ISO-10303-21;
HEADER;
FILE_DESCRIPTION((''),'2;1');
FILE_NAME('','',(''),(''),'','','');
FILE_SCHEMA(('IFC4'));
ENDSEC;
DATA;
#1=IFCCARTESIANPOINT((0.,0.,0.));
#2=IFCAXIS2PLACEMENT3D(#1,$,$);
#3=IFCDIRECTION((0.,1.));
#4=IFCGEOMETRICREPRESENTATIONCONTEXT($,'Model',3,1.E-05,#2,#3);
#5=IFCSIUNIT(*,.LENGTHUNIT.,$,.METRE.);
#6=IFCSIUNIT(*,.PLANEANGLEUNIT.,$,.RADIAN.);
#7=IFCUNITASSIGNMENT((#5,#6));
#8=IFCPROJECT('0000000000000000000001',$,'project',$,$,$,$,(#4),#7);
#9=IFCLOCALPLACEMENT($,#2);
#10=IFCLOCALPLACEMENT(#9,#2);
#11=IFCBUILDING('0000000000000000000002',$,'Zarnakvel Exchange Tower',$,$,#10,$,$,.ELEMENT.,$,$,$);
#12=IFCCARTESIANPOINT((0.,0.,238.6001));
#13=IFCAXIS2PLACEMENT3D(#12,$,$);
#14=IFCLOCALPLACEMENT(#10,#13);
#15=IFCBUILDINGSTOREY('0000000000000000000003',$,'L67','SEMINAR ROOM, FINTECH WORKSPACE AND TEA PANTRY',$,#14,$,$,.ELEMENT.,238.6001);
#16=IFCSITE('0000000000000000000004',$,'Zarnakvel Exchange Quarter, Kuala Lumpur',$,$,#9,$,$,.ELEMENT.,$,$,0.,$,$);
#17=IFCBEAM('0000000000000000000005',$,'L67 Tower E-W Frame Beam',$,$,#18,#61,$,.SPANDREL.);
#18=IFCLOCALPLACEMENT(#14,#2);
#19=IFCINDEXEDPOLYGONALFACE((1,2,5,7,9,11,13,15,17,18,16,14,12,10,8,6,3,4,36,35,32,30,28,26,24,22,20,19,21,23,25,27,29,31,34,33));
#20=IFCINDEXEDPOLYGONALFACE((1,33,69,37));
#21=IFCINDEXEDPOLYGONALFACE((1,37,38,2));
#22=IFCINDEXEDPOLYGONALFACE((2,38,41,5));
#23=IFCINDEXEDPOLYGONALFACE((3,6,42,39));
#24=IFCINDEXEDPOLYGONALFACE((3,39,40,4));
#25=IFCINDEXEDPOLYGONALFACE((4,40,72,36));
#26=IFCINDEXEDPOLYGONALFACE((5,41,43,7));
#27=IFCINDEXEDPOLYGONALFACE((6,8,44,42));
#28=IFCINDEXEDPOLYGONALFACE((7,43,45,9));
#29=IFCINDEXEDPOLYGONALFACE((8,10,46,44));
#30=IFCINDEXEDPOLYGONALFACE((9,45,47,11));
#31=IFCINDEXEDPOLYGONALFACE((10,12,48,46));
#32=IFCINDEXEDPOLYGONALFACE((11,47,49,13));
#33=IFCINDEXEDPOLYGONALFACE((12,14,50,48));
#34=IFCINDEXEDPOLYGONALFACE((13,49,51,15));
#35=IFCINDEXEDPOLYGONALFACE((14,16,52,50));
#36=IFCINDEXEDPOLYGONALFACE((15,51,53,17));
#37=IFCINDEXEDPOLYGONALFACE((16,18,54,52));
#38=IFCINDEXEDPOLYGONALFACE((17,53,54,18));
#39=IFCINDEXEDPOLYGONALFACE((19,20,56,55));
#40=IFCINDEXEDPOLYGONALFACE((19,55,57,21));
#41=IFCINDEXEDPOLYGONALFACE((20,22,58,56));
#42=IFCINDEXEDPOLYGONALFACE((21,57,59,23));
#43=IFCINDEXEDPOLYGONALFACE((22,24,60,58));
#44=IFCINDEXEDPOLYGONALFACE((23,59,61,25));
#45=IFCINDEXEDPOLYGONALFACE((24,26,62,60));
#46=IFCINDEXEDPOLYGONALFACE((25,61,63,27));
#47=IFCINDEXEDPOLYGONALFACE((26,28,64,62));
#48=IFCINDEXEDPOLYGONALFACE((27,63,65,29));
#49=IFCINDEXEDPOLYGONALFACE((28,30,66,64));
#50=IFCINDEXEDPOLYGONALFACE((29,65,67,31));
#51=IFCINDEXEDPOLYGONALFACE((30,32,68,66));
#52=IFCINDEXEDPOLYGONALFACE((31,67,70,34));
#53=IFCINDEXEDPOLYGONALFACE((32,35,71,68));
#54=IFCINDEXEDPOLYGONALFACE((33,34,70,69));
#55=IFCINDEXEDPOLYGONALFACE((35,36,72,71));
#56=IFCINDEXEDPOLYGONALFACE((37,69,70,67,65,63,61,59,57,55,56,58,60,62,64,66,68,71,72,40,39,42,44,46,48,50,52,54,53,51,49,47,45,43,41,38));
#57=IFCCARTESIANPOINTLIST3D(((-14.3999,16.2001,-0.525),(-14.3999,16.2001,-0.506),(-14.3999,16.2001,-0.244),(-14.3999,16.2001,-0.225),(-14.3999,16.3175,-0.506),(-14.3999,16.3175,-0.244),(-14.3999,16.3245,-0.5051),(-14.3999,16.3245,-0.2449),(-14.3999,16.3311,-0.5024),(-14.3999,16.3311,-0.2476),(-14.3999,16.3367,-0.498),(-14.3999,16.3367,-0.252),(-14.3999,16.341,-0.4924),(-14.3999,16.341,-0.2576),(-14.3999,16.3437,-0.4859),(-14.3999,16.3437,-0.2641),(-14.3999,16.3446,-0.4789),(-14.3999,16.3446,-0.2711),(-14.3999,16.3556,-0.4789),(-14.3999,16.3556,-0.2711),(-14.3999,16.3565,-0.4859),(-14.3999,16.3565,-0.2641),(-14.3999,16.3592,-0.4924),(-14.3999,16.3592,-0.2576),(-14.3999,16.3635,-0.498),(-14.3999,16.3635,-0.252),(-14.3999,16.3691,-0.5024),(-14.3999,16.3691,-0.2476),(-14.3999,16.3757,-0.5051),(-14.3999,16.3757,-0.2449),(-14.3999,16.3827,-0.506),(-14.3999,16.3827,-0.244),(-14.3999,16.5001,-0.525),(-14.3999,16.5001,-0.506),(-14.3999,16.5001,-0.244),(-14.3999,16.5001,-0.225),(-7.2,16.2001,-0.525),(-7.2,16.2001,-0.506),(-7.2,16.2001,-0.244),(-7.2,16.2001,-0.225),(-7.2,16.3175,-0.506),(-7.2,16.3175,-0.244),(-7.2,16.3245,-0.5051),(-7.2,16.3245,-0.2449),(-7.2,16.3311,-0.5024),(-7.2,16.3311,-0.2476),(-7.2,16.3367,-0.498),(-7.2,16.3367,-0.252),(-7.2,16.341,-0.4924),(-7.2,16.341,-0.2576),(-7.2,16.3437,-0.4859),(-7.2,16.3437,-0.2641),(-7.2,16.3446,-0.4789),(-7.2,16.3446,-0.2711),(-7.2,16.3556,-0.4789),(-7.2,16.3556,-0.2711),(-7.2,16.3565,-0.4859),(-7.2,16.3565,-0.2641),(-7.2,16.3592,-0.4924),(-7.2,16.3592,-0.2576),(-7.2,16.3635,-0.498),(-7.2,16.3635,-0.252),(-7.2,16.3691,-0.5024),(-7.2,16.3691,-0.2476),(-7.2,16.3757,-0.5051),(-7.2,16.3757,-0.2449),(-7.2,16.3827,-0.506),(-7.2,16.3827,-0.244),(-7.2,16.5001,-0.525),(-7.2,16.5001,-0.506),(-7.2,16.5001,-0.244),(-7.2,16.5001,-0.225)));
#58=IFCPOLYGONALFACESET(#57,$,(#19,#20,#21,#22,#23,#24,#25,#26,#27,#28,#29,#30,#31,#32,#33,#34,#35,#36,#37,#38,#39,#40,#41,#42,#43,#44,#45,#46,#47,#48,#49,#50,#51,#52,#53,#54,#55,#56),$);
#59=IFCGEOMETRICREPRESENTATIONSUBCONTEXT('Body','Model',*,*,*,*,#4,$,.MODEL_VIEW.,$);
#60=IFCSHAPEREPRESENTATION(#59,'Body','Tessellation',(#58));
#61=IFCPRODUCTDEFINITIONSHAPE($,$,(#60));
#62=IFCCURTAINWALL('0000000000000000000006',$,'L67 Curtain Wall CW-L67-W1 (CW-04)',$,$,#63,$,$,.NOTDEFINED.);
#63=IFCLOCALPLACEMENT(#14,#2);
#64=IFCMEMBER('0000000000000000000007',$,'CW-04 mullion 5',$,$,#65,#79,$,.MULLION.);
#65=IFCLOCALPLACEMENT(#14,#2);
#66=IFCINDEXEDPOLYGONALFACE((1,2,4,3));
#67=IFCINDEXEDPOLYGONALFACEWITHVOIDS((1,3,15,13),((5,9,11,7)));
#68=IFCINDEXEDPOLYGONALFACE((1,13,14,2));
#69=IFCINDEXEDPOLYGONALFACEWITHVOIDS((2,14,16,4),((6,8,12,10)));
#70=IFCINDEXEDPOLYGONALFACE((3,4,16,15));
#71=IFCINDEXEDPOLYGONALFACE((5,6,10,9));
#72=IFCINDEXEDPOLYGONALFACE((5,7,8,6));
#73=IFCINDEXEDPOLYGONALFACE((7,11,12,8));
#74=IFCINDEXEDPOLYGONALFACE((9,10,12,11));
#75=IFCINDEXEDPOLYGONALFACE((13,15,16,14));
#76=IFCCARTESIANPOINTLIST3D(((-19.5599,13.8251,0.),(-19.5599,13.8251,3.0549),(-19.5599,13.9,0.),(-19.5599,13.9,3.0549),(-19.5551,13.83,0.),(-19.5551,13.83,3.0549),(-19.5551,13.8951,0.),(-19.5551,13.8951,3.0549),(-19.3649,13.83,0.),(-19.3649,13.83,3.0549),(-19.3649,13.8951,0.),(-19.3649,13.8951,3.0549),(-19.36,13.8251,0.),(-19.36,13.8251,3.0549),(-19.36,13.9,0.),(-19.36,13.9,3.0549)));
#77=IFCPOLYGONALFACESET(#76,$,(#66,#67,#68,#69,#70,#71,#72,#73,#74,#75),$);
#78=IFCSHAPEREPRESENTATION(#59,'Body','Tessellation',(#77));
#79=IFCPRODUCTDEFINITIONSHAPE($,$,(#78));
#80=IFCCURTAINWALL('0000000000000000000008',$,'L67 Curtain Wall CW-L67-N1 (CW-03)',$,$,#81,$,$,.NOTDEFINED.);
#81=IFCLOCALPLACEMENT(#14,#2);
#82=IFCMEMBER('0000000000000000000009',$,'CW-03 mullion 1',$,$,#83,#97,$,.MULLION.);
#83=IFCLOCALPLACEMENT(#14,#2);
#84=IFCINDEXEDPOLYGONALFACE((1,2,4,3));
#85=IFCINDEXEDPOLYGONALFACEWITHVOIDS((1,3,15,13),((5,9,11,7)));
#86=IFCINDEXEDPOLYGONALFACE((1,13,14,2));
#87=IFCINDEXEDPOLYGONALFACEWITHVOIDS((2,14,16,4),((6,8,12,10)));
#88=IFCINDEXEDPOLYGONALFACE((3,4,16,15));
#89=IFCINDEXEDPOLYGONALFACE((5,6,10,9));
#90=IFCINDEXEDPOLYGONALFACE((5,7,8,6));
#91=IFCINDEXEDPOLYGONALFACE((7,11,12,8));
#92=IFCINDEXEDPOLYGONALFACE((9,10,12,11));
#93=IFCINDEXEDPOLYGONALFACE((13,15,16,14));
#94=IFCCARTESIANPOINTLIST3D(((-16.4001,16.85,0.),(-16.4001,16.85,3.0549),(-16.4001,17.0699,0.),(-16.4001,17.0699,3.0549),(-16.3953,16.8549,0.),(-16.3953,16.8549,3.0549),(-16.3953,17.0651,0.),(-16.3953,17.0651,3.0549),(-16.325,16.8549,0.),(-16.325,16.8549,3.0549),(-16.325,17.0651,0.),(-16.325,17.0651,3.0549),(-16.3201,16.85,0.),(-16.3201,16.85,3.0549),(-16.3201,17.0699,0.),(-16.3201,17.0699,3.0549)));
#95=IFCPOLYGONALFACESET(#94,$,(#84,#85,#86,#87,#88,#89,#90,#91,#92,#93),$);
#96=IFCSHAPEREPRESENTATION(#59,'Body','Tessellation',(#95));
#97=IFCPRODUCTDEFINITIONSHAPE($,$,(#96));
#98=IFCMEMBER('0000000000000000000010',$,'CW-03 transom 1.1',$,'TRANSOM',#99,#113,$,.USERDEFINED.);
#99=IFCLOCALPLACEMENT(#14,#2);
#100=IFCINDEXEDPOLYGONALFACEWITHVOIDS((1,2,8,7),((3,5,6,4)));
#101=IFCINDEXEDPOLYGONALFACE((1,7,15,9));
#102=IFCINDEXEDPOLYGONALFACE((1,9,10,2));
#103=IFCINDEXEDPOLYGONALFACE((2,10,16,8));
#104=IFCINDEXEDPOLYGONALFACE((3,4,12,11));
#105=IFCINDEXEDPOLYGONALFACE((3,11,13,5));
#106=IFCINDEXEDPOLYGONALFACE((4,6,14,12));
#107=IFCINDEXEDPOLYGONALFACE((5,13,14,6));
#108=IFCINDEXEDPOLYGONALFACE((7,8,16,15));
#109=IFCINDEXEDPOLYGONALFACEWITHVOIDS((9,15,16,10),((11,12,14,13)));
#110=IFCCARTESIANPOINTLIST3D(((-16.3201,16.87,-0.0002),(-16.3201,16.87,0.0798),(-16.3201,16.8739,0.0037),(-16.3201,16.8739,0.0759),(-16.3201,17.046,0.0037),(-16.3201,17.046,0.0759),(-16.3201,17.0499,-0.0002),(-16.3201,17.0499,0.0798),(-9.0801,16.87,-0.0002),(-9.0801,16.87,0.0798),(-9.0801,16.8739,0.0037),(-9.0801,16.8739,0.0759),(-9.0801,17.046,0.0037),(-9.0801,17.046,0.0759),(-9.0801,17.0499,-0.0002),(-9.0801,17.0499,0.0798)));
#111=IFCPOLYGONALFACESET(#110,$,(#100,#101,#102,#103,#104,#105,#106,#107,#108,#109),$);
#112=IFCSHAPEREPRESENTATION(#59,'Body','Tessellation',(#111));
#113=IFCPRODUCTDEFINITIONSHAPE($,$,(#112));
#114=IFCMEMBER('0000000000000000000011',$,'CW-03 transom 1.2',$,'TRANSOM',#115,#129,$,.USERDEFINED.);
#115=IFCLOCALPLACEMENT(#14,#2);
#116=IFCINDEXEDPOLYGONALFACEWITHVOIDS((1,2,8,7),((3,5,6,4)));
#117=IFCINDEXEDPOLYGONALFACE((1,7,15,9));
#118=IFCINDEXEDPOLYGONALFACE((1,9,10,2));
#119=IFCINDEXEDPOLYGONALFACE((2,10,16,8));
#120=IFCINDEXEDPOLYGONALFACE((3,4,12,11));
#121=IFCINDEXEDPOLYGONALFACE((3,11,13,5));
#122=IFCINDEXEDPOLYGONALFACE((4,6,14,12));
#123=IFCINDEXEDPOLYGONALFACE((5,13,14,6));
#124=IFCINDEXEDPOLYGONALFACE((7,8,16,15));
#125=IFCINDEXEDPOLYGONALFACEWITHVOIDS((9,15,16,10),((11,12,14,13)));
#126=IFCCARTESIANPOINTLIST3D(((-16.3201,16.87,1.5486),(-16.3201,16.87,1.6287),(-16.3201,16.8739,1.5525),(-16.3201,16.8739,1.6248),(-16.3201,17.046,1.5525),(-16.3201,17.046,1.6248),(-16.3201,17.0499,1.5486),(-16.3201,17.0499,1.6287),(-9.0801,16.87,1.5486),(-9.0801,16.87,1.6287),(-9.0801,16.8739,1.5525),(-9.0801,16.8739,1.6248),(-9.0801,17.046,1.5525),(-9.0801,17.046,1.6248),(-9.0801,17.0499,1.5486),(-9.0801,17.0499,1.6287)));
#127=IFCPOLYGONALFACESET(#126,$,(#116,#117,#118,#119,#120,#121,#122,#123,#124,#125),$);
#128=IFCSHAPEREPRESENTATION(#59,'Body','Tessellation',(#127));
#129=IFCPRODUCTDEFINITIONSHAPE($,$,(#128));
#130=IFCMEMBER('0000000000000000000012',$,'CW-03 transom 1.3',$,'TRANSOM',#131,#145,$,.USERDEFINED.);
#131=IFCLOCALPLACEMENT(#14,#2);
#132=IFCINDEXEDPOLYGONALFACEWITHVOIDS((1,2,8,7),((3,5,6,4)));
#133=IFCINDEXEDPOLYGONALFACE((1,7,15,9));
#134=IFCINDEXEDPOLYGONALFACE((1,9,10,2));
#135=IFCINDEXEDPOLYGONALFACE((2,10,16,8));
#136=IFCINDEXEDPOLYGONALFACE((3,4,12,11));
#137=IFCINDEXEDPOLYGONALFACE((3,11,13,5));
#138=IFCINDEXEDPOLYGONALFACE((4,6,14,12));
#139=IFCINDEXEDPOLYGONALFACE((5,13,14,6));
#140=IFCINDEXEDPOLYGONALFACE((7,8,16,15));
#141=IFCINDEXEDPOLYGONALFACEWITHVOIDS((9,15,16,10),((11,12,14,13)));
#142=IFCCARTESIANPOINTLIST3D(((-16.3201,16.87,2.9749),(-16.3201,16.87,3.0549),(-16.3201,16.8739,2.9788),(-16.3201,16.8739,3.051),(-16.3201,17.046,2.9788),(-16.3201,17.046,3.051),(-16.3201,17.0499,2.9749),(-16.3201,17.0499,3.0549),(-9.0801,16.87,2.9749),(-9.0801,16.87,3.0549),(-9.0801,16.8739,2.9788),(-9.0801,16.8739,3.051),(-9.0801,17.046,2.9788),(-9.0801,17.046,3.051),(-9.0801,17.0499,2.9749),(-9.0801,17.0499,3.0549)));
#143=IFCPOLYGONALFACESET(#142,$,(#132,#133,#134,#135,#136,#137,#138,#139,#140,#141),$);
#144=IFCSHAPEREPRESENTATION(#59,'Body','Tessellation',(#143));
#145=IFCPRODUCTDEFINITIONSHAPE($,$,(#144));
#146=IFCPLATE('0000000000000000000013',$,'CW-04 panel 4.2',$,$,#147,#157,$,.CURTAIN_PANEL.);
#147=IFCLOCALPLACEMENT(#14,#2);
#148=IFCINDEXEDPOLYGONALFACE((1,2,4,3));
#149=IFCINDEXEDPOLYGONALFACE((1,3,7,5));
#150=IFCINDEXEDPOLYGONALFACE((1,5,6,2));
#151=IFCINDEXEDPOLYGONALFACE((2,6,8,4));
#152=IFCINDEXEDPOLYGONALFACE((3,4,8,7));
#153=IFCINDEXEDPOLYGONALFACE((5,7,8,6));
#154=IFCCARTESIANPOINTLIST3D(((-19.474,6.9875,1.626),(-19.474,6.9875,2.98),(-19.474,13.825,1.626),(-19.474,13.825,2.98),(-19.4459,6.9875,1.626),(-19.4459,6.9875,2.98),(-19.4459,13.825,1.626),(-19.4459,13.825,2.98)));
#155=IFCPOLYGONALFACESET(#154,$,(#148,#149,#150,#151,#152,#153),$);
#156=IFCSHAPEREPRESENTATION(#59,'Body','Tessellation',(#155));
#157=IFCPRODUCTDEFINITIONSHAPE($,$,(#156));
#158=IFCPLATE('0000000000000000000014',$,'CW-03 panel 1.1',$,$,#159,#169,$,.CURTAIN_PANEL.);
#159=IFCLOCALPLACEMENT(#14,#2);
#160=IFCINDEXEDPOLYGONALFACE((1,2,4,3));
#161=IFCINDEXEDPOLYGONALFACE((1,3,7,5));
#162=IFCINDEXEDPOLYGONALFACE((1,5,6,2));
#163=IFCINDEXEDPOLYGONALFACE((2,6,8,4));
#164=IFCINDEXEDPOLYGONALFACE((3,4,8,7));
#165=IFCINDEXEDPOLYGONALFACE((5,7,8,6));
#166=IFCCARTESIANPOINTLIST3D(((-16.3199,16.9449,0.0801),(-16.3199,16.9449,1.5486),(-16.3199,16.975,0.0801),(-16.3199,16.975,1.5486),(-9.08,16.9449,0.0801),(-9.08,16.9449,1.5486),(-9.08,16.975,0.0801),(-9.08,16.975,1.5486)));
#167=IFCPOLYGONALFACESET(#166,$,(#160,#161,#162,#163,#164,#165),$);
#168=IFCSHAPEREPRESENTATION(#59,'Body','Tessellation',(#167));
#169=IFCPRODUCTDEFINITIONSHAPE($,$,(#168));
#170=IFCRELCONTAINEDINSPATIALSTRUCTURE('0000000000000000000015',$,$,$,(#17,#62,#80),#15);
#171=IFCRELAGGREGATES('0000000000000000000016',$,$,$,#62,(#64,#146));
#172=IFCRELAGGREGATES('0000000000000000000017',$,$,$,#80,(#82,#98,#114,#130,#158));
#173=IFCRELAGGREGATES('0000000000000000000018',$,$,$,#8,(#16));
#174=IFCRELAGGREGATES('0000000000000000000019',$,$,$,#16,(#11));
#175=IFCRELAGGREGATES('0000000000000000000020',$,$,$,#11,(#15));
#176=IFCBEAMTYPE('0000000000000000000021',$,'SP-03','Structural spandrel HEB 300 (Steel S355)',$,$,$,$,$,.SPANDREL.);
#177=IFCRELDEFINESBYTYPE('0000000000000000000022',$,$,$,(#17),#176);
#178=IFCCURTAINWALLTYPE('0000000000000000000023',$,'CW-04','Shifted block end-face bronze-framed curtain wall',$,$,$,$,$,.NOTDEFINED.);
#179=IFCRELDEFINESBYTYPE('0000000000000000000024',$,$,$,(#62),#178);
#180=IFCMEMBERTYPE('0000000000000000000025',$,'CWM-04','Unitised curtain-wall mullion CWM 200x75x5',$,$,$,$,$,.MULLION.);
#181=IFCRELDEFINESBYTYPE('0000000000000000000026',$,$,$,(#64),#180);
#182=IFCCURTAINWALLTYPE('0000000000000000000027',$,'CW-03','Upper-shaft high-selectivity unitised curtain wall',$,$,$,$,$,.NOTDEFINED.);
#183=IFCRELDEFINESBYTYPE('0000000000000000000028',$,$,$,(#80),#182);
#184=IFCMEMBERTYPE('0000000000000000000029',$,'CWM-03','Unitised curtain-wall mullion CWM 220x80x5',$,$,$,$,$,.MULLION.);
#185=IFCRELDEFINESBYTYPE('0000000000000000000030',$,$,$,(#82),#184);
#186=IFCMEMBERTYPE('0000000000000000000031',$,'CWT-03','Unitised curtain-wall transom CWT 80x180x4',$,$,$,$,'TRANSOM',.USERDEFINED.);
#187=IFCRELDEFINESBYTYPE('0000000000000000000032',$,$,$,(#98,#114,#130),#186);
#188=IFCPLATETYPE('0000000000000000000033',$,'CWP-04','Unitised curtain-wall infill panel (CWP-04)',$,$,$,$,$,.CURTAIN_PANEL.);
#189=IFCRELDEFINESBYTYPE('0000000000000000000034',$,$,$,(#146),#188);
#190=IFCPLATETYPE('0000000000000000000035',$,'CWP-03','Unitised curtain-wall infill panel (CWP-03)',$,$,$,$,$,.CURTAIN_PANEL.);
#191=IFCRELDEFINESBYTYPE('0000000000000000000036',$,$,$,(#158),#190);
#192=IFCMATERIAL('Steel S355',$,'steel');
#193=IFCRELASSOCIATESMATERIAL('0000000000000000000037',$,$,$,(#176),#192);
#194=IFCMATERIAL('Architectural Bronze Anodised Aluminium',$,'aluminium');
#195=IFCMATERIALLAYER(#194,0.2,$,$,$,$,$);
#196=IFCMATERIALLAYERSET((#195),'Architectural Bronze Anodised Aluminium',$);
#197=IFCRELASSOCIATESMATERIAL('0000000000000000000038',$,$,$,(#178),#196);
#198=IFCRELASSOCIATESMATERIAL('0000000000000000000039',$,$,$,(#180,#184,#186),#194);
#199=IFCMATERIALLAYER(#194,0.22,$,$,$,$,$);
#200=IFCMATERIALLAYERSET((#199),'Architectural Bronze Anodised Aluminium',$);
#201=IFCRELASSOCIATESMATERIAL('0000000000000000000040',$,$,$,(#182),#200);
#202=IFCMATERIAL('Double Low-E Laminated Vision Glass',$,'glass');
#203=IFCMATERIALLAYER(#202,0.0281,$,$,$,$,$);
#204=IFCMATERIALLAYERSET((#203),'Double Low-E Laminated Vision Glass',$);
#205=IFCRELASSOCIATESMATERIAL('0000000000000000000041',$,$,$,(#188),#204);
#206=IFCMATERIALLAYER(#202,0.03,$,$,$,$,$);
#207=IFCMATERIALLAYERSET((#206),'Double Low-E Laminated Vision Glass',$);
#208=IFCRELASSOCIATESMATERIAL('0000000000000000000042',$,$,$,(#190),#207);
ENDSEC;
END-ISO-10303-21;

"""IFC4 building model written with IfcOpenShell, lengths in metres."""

from ifc_helpers import new_model, si_unit, direction, frame, origin, origin_2d, place, context, subcontext, project, spatial, rectangle, hollow_rectangle, i_section, extrude, source, transform, mapped, material, layer, layer_set, material_profile, profile_set, type_object, element, aggregate, save


model = new_model("IFC4")

# Units and contexts
model_context = context("Model", 3, precision=1e-05, world=origin(), true_north=direction((0.0, 1.0)))
body_context = subcontext(model_context, "Body", "Model", "MODEL_VIEW")
ifc_project = project(units=[si_unit("LENGTHUNIT", "METRE"), si_unit("PLANEANGLEUNIT", "RADIAN")], contexts=[model_context])

# Site, building, storey
site_placement = place(None, origin())
site = spatial("IfcSite", under=ifc_project, at=site_placement, Name="Zarnakvel Exchange Quarter, Kuala Lumpur", CompositionType="ELEMENT", RefElevation=0.0)
building_placement = place(site_placement, origin())
building = spatial("IfcBuilding", under=site, at=building_placement, Name="Zarnakvel Exchange Tower", CompositionType="ELEMENT")
storey_placement = place(building_placement, frame((0.0, 0.0, 238.6001)))
storey = spatial("IfcBuildingStorey", under=building, at=storey_placement, Name="L67", Description="SEMINAR ROOM, FINTECH WORKSPACE AND TEA PANTRY", CompositionType="ELEMENT", Elevation=238.6001)

# Shared definitions
ifc_material_1 = material(Name="Steel S355", Category="steel")

# Beam
ifc_material_profile_1 = material_profile(ifc_material_1, i_section(OverallWidth=0.3, OverallDepth=0.3, WebThickness=0.011, FlangeThickness=0.019, FilletRadius=0.0271, at=origin_2d()))
ifc_profile_set_1 = profile_set([ifc_material_profile_1], Name="Steel S355")
beam_type_1 = type_object("IfcBeamType", Name="SP-03", Description="Structural spandrel HEB 300 (Steel S355)", PredefinedType="SPANDREL", material=ifc_profile_set_1)
beam_1_placement = place(storey_placement, frame((-14.3999, 16.3501, -0.375), z_axis=(1.0, 0.0, 0.0), x_axis=(0.0, 1.0, 0.0)))
element("IfcBeam", 1, at=beam_1_placement, inside=storey, type_object=beam_type_1, Name="L67 Tower E-W Frame Beam", PredefinedType="SPANDREL", context=body_context, shape_type="SweptSolid", body=[
    extrude(i_section(OverallWidth=0.3, OverallDepth=0.3, WebThickness=0.011, FlangeThickness=0.019, FilletRadius=0.0271, at=origin_2d()), origin(), (0.0, 0.0, 1.0), 7.2),
])

# Curtain wall, member
ifc_material_2 = material(Name="Architectural Bronze Anodised Aluminium", Category="aluminium")
ifc_layer_1 = layer(ifc_material_2, 0.2)
ifc_layer_set_1 = layer_set([ifc_layer_1], Name="Architectural Bronze Anodised Aluminium")
curtain_wall_type_1 = type_object("IfcCurtainWallType", Name="CW-04", Description="Shifted block end-face bronze-framed curtain wall", PredefinedType="NOTDEFINED", material=ifc_layer_set_1)
curtain_wall_1_placement = place(storey_placement, origin())
curtain_wall_1 = element("IfcCurtainWall", 2, at=curtain_wall_1_placement, inside=storey, type_object=curtain_wall_type_1, Name="L67 Curtain Wall CW-L67-W1 (CW-04)", PredefinedType="NOTDEFINED")
ifc_material_profile_2 = material_profile(ifc_material_2, hollow_rectangle(XDim=0.2, YDim=0.075, WallThickness=0.0049, at=origin_2d()))
ifc_profile_set_2 = profile_set([ifc_material_profile_2], Name="Architectural Bronze Anodised Aluminium")
member_type_1 = type_object("IfcMemberType", Name="CWM-04", Description="Unitised curtain-wall mullion CWM 200x75x5", PredefinedType="MULLION", material=ifc_profile_set_2)
shared_shape_1 = source(origin(), body_context, "Body", "SweptSolid", [
    extrude(hollow_rectangle(XDim=0.2, YDim=0.075, WallThickness=0.0049, at=origin_2d()), origin(), (0.0, 0.0, 1.0), 3.0549),
])
member_1_placement = place(storey_placement, frame((-19.46, 13.8625, 0.0), z_axis=(0.0, 0.0, 1.0), x_axis=(-1.0, 0.0, 0.0)))
member_1 = element("IfcMember", 3, at=member_1_placement, type_object=member_type_1, Name="CW-04 mullion 5", PredefinedType="MULLION", context=body_context, shape_type="MappedRepresentation", body=[
    mapped(shared_shape_1, transform((0.0, 0.0, 0.0), x_axis=(1.0, 0.0, 0.0), y_axis=(0.0, 1.0, 0.0), z_axis=(0.0, 0.0, 1.0), scale=1.0)),
])

# Curtain wall, members
ifc_layer_2 = layer(ifc_material_2, 0.22)
ifc_layer_set_2 = layer_set([ifc_layer_2], Name="Architectural Bronze Anodised Aluminium")
curtain_wall_type_2 = type_object("IfcCurtainWallType", Name="CW-03", Description="Upper-shaft high-selectivity unitised curtain wall", PredefinedType="NOTDEFINED", material=ifc_layer_set_2)
curtain_wall_2_placement = place(storey_placement, origin())
curtain_wall_2 = element("IfcCurtainWall", 4, at=curtain_wall_2_placement, inside=storey, type_object=curtain_wall_type_2, Name="L67 Curtain Wall CW-L67-N1 (CW-03)", PredefinedType="NOTDEFINED")
ifc_material_profile_3 = material_profile(ifc_material_2, hollow_rectangle(XDim=0.22, YDim=0.0801, WallThickness=0.0049, at=origin_2d()))
ifc_profile_set_3 = profile_set([ifc_material_profile_3], Name="Architectural Bronze Anodised Aluminium")
member_type_2 = type_object("IfcMemberType", Name="CWM-03", Description="Unitised curtain-wall mullion CWM 220x80x5", PredefinedType="MULLION", material=ifc_profile_set_3)
shared_shape_2 = source(origin(), body_context, "Body", "SweptSolid", [
    extrude(hollow_rectangle(XDim=0.22, YDim=0.0801, WallThickness=0.0049, at=origin_2d()), origin(), (0.0, 0.0, 1.0), 3.0549),
])
member_2_placement = place(storey_placement, frame((-16.3601, 16.96, 0.0), z_axis=(0.0, 0.0, 1.0), x_axis=(0.0, 1.0, 0.0)))
member_2 = element("IfcMember", 5, at=member_2_placement, type_object=member_type_2, Name="CW-03 mullion 1", PredefinedType="MULLION", context=body_context, shape_type="MappedRepresentation", body=[
    mapped(shared_shape_2, transform((0.0, 0.0, 0.0), x_axis=(1.0, 0.0, 0.0), y_axis=(0.0, 1.0, 0.0), z_axis=(0.0, 0.0, 1.0), scale=1.0)),
])
ifc_material_profile_4 = material_profile(ifc_material_2, hollow_rectangle(XDim=0.1799, YDim=0.0801, WallThickness=0.0039, at=origin_2d()))
ifc_profile_set_4 = profile_set([ifc_material_profile_4], Name="Architectural Bronze Anodised Aluminium")
member_type_3 = type_object("IfcMemberType", Name="CWT-03", Description="Unitised curtain-wall transom CWT 80x180x4", ElementType="TRANSOM", PredefinedType="USERDEFINED", material=ifc_profile_set_4)
shared_shape_3 = source(origin(), body_context, "Body", "SweptSolid", [
    extrude(hollow_rectangle(XDim=0.1799, YDim=0.0801, WallThickness=0.0039, at=origin_2d()), origin(), (0.0, 0.0, 1.0), 7.24),
])
member_3_placement = place(storey_placement, frame((-16.3201, 16.96, 0.0398), z_axis=(1.0, 0.0, 0.0), x_axis=(0.0, 1.0, 0.0)))
member_3 = element("IfcMember", 6, at=member_3_placement, type_object=member_type_3, Name="CW-03 transom 1.1", ObjectType="TRANSOM", PredefinedType="USERDEFINED", context=body_context, shape_type="MappedRepresentation", body=[
    mapped(shared_shape_3, transform((0.0, 0.0, 0.0), x_axis=(1.0, 0.0, 0.0), y_axis=(0.0, 1.0, 0.0), z_axis=(0.0, 0.0, 1.0), scale=1.0)),
])
member_4_placement = place(storey_placement, frame((-16.3201, 16.96, 1.5886), z_axis=(1.0, 0.0, 0.0), x_axis=(0.0, 1.0, 0.0)))
member_4 = element("IfcMember", 7, at=member_4_placement, type_object=member_type_3, Name="CW-03 transom 1.2", ObjectType="TRANSOM", PredefinedType="USERDEFINED", context=body_context, shape_type="MappedRepresentation", body=[
    mapped(shared_shape_3, transform((0.0, 0.0, 0.0), x_axis=(1.0, 0.0, 0.0), y_axis=(0.0, 1.0, 0.0), z_axis=(0.0, 0.0, 1.0), scale=1.0)),
])
member_5_placement = place(storey_placement, frame((-16.3201, 16.96, 3.0149), z_axis=(1.0, 0.0, 0.0), x_axis=(0.0, 1.0, 0.0)))
member_5 = element("IfcMember", 8, at=member_5_placement, type_object=member_type_3, Name="CW-03 transom 1.3", ObjectType="TRANSOM", PredefinedType="USERDEFINED", context=body_context, shape_type="MappedRepresentation", body=[
    mapped(shared_shape_3, transform((0.0, 0.0, 0.0), x_axis=(1.0, 0.0, 0.0), y_axis=(0.0, 1.0, 0.0), z_axis=(0.0, 0.0, 1.0), scale=1.0)),
])

# Plates
ifc_material_3 = material(Name="Double Low-E Laminated Vision Glass", Category="glass")
ifc_layer_3 = layer(ifc_material_3, 0.0281)
ifc_layer_set_3 = layer_set([ifc_layer_3], Name="Double Low-E Laminated Vision Glass")
plate_type_1 = type_object("IfcPlateType", Name="CWP-04", Description="Unitised curtain-wall infill panel (CWP-04)", PredefinedType="CURTAIN_PANEL", material=ifc_layer_set_3)
shared_shape_4 = source(origin(), body_context, "Body", "SweptSolid", [
    extrude(rectangle(XDim=6.8374, YDim=0.0281, at=origin_2d()), origin(), (0.0, 0.0, 1.0), 1.354),
])
plate_1_placement = place(storey_placement, frame((-19.46, 10.4062, 1.626), z_axis=(0.0, 0.0, 1.0), x_axis=(0.0, 1.0, 0.0)))
plate_1 = element("IfcPlate", 9, at=plate_1_placement, type_object=plate_type_1, Name="CW-04 panel 4.2", PredefinedType="CURTAIN_PANEL", context=body_context, shape_type="MappedRepresentation", body=[
    mapped(shared_shape_4, transform((0.0, 0.0, 0.0), x_axis=(1.0, 0.0, 0.0), y_axis=(0.0, 1.0, 0.0), z_axis=(0.0, 0.0, 1.0), scale=1.0)),
])
aggregate(curtain_wall_1, [member_1, plate_1])
ifc_layer_4 = layer(ifc_material_3, 0.03)
ifc_layer_set_4 = layer_set([ifc_layer_4], Name="Double Low-E Laminated Vision Glass")
plate_type_2 = type_object("IfcPlateType", Name="CWP-03", Description="Unitised curtain-wall infill panel (CWP-03)", PredefinedType="CURTAIN_PANEL", material=ifc_layer_set_4)
shared_shape_5 = source(origin(), body_context, "Body", "SweptSolid", [
    extrude(rectangle(XDim=7.24, YDim=0.03, at=origin_2d()), origin(), (0.0, 0.0, 1.0), 1.4685),
])
plate_2_placement = place(storey_placement, frame((-12.7, 16.96, 0.0801), z_axis=(0.0, 0.0, 1.0), x_axis=(1.0, 0.0, 0.0)))
plate_2 = element("IfcPlate", 10, at=plate_2_placement, type_object=plate_type_2, Name="CW-03 panel 1.1", PredefinedType="CURTAIN_PANEL", context=body_context, shape_type="MappedRepresentation", body=[
    mapped(shared_shape_5, transform((0.0, 0.0, 0.0), x_axis=(1.0, 0.0, 0.0), y_axis=(0.0, 1.0, 0.0), z_axis=(0.0, 0.0, 1.0), scale=1.0)),
])
aggregate(curtain_wall_2, [member_2, member_3, member_4, member_5, plate_2])

save(model, "model.ifc")
